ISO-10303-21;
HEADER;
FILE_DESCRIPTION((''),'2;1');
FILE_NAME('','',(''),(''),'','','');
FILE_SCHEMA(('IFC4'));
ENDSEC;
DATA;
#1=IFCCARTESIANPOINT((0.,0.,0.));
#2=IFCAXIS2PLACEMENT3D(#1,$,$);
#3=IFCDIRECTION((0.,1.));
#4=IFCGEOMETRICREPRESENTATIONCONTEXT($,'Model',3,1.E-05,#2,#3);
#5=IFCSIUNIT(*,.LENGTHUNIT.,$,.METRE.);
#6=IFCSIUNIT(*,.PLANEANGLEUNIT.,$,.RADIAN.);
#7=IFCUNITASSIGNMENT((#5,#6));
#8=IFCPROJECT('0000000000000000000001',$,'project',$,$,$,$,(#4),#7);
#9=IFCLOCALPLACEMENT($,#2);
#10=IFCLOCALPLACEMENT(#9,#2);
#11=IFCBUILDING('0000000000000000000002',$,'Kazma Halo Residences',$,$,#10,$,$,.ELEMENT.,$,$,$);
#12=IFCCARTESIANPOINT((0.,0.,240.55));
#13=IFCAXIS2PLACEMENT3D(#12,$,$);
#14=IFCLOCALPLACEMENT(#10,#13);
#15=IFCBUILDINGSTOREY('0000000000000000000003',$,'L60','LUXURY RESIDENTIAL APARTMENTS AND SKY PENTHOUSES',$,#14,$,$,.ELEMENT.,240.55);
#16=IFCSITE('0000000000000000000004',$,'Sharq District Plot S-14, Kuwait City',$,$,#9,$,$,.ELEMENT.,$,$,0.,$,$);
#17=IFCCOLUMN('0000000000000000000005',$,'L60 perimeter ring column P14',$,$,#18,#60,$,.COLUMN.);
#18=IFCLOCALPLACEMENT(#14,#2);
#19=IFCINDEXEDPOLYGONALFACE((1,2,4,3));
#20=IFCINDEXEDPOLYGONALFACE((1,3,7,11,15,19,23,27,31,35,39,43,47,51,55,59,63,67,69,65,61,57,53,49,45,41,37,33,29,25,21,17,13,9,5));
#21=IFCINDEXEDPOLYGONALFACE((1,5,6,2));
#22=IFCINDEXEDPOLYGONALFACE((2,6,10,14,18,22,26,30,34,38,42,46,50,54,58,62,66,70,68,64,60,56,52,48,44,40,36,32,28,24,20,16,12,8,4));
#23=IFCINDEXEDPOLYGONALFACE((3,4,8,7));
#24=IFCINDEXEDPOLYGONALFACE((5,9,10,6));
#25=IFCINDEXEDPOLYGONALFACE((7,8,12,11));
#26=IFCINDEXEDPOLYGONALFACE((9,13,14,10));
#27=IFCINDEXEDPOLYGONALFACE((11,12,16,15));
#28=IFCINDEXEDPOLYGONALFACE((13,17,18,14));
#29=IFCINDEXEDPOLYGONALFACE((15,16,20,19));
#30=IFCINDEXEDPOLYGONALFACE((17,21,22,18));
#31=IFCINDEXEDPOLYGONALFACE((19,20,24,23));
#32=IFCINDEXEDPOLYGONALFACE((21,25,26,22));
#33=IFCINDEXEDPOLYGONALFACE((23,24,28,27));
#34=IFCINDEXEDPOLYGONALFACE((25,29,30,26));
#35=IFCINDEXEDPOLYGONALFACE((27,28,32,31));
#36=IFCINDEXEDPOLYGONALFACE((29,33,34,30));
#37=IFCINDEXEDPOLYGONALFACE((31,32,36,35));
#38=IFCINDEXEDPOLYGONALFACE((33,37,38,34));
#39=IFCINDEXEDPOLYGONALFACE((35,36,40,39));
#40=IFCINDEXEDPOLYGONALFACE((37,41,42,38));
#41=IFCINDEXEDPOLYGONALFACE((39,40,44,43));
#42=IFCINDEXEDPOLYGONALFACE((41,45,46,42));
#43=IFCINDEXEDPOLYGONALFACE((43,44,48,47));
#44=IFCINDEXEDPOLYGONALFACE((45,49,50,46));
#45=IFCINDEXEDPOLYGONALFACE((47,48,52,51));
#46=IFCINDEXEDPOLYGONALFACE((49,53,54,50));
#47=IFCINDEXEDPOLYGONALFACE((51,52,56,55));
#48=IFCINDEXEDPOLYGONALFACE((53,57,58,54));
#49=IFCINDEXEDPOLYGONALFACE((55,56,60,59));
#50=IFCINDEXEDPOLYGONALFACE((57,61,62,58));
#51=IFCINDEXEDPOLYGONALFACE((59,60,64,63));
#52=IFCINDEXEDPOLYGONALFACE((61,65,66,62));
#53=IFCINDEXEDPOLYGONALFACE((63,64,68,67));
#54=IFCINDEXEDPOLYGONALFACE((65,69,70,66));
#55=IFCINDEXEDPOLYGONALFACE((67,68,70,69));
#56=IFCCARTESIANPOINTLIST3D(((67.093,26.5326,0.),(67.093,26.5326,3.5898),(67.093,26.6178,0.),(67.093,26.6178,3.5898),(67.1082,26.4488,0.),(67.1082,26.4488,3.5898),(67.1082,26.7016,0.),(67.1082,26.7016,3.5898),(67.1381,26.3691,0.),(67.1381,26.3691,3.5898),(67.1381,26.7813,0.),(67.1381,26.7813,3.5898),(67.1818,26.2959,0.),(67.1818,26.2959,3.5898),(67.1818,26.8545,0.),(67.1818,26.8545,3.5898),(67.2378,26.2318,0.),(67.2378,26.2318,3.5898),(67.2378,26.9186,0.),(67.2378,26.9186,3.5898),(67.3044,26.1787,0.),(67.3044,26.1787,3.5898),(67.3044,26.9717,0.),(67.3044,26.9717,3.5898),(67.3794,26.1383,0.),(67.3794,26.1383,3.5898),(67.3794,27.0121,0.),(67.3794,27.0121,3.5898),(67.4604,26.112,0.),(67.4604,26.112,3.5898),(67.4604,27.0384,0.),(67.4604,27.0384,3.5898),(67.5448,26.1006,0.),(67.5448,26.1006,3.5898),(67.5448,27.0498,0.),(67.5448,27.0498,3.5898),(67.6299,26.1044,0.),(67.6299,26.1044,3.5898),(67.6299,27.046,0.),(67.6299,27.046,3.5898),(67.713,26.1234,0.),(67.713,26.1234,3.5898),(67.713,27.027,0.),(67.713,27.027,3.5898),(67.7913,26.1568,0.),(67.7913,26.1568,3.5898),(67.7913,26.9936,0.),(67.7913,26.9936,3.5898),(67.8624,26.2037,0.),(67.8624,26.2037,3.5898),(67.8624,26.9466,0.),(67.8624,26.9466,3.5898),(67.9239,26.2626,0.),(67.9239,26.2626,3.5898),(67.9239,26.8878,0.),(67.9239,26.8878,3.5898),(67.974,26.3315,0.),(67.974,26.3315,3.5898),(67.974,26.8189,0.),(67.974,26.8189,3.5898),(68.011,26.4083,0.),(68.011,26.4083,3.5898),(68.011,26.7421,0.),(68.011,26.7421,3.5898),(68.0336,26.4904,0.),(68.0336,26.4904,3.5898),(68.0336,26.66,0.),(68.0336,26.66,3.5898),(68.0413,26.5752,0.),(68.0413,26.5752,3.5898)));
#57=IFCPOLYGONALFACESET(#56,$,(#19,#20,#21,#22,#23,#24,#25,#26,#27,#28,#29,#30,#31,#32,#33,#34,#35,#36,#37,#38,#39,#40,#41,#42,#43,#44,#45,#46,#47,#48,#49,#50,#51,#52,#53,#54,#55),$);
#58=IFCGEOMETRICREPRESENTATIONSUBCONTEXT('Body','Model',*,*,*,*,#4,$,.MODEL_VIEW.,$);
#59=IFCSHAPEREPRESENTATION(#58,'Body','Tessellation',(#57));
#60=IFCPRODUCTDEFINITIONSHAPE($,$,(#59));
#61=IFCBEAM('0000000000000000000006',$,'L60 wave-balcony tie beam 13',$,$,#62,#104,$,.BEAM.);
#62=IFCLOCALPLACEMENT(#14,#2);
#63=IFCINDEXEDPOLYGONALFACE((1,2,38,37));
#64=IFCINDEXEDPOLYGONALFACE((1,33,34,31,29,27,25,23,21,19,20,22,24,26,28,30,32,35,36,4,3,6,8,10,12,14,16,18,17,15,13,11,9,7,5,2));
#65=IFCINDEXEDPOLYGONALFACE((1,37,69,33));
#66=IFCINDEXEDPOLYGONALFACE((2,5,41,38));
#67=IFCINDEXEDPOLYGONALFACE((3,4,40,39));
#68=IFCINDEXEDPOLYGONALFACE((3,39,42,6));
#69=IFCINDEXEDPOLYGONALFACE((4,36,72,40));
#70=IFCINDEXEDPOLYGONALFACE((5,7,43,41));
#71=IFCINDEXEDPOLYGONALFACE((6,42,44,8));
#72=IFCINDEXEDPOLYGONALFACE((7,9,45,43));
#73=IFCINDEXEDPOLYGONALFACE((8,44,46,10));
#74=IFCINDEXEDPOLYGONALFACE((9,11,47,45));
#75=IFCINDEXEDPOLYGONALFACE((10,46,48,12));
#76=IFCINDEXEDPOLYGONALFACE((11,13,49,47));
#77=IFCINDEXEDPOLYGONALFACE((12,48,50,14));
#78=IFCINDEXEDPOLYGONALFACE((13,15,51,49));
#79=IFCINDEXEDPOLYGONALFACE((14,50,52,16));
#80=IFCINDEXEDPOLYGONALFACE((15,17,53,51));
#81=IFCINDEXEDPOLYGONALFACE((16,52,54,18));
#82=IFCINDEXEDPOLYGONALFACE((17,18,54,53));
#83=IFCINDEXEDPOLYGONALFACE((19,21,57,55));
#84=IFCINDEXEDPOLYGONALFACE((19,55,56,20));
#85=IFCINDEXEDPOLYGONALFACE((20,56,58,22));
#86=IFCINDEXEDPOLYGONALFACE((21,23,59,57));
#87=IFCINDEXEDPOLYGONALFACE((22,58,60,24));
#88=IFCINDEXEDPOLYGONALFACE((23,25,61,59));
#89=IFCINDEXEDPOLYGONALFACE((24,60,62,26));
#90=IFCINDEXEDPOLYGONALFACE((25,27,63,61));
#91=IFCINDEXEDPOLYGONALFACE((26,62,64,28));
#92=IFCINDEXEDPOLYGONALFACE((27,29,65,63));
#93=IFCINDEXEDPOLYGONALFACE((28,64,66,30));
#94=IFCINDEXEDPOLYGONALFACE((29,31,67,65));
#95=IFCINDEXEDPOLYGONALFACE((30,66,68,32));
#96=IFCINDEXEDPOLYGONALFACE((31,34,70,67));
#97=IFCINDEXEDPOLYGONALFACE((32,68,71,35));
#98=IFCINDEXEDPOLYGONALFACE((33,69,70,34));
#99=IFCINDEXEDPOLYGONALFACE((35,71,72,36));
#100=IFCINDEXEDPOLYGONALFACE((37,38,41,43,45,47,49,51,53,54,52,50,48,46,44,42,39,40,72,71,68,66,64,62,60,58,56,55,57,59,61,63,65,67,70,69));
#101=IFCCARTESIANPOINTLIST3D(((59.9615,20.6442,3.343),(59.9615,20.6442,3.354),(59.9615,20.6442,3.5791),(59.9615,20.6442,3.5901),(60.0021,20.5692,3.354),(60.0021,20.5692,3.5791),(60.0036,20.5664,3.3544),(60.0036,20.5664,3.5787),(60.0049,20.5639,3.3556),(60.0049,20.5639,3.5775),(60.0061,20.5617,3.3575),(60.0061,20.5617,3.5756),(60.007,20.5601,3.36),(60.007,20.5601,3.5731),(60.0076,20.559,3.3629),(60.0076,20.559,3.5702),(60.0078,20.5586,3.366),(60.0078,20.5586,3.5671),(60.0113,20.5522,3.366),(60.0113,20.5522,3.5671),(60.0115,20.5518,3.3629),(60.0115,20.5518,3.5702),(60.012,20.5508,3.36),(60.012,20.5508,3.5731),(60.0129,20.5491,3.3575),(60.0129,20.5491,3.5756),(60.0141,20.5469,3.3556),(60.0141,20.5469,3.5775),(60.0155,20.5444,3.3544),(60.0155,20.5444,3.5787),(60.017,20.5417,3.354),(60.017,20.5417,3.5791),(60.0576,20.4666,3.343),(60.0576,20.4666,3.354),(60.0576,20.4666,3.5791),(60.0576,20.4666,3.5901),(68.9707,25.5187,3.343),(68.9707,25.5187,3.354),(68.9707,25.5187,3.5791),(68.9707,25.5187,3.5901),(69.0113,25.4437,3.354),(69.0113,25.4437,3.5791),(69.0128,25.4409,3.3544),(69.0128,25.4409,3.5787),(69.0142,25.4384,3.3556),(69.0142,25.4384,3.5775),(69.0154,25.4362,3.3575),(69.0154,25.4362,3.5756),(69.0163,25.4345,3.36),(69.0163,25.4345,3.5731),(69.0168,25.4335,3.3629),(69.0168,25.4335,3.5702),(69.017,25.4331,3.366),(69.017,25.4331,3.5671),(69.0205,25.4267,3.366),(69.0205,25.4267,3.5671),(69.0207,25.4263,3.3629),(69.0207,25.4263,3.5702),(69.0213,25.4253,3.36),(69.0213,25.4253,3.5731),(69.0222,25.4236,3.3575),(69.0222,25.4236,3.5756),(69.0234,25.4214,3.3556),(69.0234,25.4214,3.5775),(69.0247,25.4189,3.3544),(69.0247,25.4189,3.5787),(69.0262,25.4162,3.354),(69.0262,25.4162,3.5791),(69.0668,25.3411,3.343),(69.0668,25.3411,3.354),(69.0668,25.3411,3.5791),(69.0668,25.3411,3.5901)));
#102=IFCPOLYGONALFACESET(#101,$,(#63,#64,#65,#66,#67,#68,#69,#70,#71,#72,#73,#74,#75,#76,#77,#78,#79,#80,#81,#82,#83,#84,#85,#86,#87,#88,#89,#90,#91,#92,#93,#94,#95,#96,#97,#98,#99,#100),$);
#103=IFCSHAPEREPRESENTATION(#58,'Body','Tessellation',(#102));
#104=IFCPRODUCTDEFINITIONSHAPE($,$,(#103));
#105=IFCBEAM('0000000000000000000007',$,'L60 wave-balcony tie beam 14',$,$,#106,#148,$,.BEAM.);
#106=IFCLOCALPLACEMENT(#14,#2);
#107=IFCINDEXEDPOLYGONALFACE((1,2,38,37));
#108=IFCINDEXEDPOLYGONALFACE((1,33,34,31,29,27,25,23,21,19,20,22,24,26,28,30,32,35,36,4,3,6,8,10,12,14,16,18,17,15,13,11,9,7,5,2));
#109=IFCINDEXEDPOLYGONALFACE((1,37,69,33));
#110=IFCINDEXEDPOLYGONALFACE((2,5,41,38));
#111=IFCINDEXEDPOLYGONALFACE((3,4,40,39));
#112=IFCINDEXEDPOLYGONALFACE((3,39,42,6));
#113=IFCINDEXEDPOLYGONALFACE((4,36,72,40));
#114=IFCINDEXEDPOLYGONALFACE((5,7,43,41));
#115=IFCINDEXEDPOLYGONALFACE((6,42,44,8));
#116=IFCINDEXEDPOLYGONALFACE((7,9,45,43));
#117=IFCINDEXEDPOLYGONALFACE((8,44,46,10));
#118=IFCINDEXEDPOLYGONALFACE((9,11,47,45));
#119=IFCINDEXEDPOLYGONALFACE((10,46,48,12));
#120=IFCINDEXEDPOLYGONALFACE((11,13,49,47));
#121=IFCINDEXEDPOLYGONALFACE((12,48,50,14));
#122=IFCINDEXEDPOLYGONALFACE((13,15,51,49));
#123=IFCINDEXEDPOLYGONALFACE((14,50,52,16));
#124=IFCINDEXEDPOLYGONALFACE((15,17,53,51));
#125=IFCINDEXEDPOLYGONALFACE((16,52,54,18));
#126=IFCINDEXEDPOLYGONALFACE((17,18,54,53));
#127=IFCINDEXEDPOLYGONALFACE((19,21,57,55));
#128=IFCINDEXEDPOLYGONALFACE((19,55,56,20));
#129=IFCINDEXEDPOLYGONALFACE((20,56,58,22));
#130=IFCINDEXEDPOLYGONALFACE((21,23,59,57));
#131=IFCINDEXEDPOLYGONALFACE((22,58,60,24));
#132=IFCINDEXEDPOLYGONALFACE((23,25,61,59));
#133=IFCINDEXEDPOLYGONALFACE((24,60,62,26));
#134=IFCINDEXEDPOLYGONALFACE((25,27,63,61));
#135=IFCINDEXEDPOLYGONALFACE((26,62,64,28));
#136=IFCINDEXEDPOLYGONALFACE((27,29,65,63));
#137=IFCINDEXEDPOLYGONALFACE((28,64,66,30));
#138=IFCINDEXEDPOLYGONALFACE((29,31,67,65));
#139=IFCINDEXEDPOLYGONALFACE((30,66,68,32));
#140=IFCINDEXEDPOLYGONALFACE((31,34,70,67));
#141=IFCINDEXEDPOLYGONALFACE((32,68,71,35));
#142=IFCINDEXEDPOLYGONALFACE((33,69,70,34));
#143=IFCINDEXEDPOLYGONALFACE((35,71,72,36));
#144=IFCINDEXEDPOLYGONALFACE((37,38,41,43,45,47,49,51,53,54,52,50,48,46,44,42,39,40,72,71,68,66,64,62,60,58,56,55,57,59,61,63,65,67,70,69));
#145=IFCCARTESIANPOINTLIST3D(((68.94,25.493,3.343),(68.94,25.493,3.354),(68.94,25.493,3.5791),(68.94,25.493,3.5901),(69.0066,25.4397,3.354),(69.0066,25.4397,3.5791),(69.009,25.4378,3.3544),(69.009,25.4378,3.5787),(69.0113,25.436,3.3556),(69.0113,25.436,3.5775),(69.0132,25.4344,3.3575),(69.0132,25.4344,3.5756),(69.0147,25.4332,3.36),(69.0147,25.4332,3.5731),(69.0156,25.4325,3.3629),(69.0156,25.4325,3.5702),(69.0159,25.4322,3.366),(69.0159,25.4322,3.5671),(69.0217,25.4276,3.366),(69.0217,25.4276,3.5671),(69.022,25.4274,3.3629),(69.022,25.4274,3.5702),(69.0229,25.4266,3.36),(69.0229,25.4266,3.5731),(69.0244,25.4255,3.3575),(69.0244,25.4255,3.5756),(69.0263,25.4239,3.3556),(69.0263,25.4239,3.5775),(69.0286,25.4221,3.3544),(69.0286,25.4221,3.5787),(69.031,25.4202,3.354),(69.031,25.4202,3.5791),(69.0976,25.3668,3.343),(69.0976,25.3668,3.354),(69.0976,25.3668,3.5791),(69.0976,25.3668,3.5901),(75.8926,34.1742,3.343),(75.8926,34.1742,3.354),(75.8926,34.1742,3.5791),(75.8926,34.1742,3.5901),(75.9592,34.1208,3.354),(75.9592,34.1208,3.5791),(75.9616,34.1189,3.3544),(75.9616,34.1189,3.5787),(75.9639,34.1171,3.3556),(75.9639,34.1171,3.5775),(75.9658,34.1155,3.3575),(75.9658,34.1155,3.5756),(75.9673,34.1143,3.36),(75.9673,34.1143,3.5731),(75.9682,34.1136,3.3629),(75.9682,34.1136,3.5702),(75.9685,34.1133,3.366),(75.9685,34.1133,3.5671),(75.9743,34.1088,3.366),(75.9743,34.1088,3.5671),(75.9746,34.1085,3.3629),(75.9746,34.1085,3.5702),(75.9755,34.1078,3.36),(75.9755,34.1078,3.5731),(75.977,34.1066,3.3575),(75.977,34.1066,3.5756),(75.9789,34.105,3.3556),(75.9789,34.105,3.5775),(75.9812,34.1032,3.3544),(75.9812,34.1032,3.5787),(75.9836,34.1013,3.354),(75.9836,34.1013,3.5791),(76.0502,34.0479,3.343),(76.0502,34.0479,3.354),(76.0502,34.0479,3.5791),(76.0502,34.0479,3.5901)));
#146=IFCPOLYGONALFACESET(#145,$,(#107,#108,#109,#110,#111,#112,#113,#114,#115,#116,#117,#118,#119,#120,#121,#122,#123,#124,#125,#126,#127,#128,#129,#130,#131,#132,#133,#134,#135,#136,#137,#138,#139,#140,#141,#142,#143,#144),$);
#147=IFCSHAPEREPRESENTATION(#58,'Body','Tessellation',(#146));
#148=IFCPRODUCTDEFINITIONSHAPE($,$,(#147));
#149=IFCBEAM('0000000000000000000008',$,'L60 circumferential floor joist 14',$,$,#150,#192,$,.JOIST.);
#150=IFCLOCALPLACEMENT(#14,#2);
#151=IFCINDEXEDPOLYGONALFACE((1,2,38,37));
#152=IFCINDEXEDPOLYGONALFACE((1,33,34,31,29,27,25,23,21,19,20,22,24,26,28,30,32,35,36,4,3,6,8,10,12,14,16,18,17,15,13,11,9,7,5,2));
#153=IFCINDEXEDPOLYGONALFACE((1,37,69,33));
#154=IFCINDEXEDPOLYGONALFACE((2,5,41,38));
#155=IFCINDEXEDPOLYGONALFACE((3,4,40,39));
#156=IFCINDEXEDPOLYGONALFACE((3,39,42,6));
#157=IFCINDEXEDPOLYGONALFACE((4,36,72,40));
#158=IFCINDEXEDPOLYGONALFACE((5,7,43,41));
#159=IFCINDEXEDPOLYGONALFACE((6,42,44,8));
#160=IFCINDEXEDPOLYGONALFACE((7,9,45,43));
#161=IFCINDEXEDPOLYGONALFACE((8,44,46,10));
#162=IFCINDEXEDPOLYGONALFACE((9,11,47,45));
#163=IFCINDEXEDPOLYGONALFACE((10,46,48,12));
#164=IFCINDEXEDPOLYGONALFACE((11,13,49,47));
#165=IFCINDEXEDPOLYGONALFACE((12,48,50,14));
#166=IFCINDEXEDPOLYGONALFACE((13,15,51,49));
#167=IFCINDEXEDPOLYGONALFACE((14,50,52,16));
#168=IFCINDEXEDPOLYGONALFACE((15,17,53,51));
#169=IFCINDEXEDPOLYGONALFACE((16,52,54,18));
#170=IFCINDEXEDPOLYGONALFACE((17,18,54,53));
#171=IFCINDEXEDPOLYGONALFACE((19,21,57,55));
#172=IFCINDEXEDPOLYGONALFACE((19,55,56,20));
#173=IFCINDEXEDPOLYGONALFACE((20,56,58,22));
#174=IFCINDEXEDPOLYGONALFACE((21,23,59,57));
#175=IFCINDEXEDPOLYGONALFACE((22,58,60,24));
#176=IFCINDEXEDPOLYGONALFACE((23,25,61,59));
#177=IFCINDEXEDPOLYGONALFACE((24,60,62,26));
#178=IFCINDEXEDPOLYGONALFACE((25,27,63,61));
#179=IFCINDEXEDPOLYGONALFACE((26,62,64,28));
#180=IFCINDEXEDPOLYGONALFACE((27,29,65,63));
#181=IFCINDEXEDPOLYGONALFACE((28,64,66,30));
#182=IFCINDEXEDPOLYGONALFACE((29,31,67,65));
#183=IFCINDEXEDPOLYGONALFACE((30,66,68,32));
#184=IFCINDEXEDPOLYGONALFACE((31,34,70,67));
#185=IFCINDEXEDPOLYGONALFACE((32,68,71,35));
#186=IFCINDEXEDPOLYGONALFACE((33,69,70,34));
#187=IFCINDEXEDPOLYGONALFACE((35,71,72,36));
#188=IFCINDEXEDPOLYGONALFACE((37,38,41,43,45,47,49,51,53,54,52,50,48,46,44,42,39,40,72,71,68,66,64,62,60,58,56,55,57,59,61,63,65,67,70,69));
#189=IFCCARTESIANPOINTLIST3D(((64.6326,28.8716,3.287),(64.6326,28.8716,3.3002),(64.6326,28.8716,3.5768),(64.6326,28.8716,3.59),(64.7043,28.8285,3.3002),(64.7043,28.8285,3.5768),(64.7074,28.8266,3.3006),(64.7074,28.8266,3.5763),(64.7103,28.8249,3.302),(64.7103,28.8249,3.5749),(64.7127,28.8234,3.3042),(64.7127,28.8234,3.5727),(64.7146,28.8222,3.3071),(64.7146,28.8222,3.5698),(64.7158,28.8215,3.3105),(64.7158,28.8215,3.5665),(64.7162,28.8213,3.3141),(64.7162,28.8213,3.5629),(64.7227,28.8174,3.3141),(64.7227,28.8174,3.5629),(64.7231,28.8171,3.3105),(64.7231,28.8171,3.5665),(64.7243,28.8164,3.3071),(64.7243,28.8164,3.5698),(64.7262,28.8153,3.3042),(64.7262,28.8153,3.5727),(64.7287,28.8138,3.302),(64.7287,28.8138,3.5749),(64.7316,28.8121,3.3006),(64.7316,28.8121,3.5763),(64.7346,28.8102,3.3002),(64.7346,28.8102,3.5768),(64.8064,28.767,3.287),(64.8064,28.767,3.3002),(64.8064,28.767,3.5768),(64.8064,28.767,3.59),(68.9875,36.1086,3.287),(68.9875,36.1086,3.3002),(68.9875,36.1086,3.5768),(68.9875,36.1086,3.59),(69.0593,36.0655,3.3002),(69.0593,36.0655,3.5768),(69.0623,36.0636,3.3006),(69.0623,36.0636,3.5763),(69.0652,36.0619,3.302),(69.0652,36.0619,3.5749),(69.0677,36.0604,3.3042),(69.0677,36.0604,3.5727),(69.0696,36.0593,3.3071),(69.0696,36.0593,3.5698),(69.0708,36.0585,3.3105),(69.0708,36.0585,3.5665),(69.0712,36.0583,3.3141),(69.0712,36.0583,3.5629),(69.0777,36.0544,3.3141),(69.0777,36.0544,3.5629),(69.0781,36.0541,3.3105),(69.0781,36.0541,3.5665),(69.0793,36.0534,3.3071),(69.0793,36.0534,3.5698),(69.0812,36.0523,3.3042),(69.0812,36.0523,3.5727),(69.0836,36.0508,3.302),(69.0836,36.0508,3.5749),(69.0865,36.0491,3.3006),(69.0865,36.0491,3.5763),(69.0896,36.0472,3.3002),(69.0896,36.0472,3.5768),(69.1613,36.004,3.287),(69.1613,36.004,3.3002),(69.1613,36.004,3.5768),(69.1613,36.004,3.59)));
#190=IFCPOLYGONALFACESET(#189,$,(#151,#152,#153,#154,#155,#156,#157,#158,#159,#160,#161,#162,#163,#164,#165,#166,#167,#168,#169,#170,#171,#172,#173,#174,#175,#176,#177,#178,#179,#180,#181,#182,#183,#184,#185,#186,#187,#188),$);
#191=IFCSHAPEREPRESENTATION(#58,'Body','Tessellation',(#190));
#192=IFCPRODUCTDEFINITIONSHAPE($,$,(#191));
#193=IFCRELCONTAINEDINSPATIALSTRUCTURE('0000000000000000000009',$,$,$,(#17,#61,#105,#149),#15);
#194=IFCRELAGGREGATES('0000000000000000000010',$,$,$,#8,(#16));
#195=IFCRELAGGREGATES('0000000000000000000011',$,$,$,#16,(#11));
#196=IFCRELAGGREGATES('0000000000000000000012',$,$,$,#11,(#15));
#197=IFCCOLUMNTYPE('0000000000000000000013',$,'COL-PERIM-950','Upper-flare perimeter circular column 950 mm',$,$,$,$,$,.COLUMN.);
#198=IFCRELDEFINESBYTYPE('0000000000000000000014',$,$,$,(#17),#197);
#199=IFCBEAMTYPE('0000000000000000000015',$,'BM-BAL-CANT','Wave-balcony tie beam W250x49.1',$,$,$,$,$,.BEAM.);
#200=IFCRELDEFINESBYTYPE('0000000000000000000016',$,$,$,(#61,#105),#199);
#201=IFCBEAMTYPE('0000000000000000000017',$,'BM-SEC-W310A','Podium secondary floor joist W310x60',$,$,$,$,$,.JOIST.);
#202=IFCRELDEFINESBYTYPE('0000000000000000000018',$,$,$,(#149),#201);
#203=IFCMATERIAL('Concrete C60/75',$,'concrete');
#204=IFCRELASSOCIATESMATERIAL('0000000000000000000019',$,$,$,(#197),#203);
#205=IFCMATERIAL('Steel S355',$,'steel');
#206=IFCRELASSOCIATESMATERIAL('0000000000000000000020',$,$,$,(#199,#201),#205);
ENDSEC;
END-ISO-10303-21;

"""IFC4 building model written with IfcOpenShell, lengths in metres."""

from ifc_helpers import new_model, si_unit, direction, frame, origin, origin_2d, place, context, subcontext, project, spatial, circle, i_section, extrude, material, material_profile, profile_set, type_object, element, save


model = new_model("IFC4")

# Units and contexts
model_context = context("Model", 3, precision=1e-05, world=origin(), true_north=direction((0.0, 1.0)))
body_context = subcontext(model_context, "Body", "Model", "MODEL_VIEW")
ifc_project = project(units=[si_unit("LENGTHUNIT", "METRE"), si_unit("PLANEANGLEUNIT", "RADIAN")], contexts=[model_context])

# Site, building, storey
site_placement = place(None, origin())
site = spatial("IfcSite", under=ifc_project, at=site_placement, Name="Sharq District Plot S-14, Kuwait City", CompositionType="ELEMENT", RefElevation=0.0)
building_placement = place(site_placement, origin())
building = spatial("IfcBuilding", under=site, at=building_placement, Name="Kazma Halo Residences", CompositionType="ELEMENT")
storey_placement = place(building_placement, frame((0.0, 0.0, 240.55)))
storey = spatial("IfcBuildingStorey", under=building, at=storey_placement, Name="L60", Description="LUXURY RESIDENTIAL APARTMENTS AND SKY PENTHOUSES", CompositionType="ELEMENT", Elevation=240.55)

# Column
ifc_material_1 = material(Name="Concrete C60/75", Category="concrete")
ifc_material_profile_1 = material_profile(ifc_material_1, circle(Radius=0.4751, at=origin_2d()), Name="CIRC950")
ifc_profile_set_1 = profile_set([ifc_material_profile_1], Name="Concrete C60/75")
column_type = type_object("IfcColumnType", Name="COL-PERIM-950", Description="Upper-flare perimeter circular column 950 mm", PredefinedType="COLUMN", material=ifc_profile_set_1)
column_placement = place(storey_placement, frame((67.5662, 26.5752, 0.0), z_axis=(0.0, 0.0, 1.0), x_axis=(1.0, 0.0, 0.0)))
element("IfcColumn", 1, at=column_placement, inside=storey, type_object=column_type, Name="L60 perimeter ring column P14", PredefinedType="COLUMN", context=body_context, shape_type="SweptSolid", body=[
    extrude(circle(Radius=0.4751, at=origin_2d()), origin(), (0.0, 0.0, 1.0), 3.5898),
])

# Beams
ifc_material_2 = material(Name="Steel S355", Category="steel")
ifc_material_profile_2 = material_profile(ifc_material_2, i_section(OverallWidth=0.2019, OverallDepth=0.2471, WebThickness=0.0073, FlangeThickness=0.011, FilletRadius=0.012, at=origin_2d()), Name="W250x49.1")
ifc_profile_set_2 = profile_set([ifc_material_profile_2], Name="Steel S355")
beam_type_1 = type_object("IfcBeamType", Name="BM-BAL-CANT", Description="Wave-balcony tie beam W250x49.1", PredefinedType="BEAM", material=ifc_profile_set_2)
beam_1_placement = place(storey_placement, frame((60.0095, 20.5554, 3.4666), z_axis=(0.879517, 0.475867, 0.0), x_axis=(-0.475867, 0.879517, 0.0)))
element("IfcBeam", 2, at=beam_1_placement, inside=storey, type_object=beam_type_1, Name="L60 wave-balcony tie beam 13", PredefinedType="BEAM", context=body_context, shape_type="SweptSolid", body=[
    extrude(i_section(OverallWidth=0.2019, OverallDepth=0.2471, WebThickness=0.0073, FlangeThickness=0.011, FilletRadius=0.012, at=origin_2d()), origin(), (0.0, 0.0, 1.0), 10.2434),
])
beam_2_placement = place(storey_placement, frame((69.0188, 25.4299, 3.4666), z_axis=(0.625118, 0.78053, 0.0), x_axis=(-0.78053, 0.625118, 0.0)))
element("IfcBeam", 3, at=beam_2_placement, inside=storey, type_object=beam_type_1, Name="L60 wave-balcony tie beam 14", PredefinedType="BEAM", context=body_context, shape_type="SweptSolid", body=[
    extrude(i_section(OverallWidth=0.2019, OverallDepth=0.2471, WebThickness=0.0073, FlangeThickness=0.011, FilletRadius=0.012, at=origin_2d()), origin(), (0.0, 0.0, 1.0), 11.1221),
])
ifc_material_profile_3 = material_profile(ifc_material_2, i_section(OverallWidth=0.2029, OverallDepth=0.303, WebThickness=0.0076, FlangeThickness=0.0132, FilletRadius=0.0139, at=origin_2d()), Name="W310x60")
ifc_profile_set_3 = profile_set([ifc_material_profile_3], Name="Steel S355")
beam_type_2 = type_object("IfcBeamType", Name="BM-SEC-W310A", Description="Podium secondary floor joist W310x60", PredefinedType="JOIST", material=ifc_profile_set_3)
beam_3_placement = place(storey_placement, frame((64.7195, 28.8193, 3.4385), z_axis=(0.515605, 0.856827, 0.0), x_axis=(-0.856827, 0.515605, 0.0)))
element("IfcBeam", 4, at=beam_3_placement, inside=storey, type_object=beam_type_2, Name="L60 circumferential floor joist 14", PredefinedType="JOIST", context=body_context, shape_type="SweptSolid", body=[
    extrude(i_section(OverallWidth=0.2029, OverallDepth=0.303, WebThickness=0.0076, FlangeThickness=0.0132, FilletRadius=0.0139, at=origin_2d()), origin(), (0.0, 0.0, 1.0), 8.4463),
])

save(model, "model.ifc")
